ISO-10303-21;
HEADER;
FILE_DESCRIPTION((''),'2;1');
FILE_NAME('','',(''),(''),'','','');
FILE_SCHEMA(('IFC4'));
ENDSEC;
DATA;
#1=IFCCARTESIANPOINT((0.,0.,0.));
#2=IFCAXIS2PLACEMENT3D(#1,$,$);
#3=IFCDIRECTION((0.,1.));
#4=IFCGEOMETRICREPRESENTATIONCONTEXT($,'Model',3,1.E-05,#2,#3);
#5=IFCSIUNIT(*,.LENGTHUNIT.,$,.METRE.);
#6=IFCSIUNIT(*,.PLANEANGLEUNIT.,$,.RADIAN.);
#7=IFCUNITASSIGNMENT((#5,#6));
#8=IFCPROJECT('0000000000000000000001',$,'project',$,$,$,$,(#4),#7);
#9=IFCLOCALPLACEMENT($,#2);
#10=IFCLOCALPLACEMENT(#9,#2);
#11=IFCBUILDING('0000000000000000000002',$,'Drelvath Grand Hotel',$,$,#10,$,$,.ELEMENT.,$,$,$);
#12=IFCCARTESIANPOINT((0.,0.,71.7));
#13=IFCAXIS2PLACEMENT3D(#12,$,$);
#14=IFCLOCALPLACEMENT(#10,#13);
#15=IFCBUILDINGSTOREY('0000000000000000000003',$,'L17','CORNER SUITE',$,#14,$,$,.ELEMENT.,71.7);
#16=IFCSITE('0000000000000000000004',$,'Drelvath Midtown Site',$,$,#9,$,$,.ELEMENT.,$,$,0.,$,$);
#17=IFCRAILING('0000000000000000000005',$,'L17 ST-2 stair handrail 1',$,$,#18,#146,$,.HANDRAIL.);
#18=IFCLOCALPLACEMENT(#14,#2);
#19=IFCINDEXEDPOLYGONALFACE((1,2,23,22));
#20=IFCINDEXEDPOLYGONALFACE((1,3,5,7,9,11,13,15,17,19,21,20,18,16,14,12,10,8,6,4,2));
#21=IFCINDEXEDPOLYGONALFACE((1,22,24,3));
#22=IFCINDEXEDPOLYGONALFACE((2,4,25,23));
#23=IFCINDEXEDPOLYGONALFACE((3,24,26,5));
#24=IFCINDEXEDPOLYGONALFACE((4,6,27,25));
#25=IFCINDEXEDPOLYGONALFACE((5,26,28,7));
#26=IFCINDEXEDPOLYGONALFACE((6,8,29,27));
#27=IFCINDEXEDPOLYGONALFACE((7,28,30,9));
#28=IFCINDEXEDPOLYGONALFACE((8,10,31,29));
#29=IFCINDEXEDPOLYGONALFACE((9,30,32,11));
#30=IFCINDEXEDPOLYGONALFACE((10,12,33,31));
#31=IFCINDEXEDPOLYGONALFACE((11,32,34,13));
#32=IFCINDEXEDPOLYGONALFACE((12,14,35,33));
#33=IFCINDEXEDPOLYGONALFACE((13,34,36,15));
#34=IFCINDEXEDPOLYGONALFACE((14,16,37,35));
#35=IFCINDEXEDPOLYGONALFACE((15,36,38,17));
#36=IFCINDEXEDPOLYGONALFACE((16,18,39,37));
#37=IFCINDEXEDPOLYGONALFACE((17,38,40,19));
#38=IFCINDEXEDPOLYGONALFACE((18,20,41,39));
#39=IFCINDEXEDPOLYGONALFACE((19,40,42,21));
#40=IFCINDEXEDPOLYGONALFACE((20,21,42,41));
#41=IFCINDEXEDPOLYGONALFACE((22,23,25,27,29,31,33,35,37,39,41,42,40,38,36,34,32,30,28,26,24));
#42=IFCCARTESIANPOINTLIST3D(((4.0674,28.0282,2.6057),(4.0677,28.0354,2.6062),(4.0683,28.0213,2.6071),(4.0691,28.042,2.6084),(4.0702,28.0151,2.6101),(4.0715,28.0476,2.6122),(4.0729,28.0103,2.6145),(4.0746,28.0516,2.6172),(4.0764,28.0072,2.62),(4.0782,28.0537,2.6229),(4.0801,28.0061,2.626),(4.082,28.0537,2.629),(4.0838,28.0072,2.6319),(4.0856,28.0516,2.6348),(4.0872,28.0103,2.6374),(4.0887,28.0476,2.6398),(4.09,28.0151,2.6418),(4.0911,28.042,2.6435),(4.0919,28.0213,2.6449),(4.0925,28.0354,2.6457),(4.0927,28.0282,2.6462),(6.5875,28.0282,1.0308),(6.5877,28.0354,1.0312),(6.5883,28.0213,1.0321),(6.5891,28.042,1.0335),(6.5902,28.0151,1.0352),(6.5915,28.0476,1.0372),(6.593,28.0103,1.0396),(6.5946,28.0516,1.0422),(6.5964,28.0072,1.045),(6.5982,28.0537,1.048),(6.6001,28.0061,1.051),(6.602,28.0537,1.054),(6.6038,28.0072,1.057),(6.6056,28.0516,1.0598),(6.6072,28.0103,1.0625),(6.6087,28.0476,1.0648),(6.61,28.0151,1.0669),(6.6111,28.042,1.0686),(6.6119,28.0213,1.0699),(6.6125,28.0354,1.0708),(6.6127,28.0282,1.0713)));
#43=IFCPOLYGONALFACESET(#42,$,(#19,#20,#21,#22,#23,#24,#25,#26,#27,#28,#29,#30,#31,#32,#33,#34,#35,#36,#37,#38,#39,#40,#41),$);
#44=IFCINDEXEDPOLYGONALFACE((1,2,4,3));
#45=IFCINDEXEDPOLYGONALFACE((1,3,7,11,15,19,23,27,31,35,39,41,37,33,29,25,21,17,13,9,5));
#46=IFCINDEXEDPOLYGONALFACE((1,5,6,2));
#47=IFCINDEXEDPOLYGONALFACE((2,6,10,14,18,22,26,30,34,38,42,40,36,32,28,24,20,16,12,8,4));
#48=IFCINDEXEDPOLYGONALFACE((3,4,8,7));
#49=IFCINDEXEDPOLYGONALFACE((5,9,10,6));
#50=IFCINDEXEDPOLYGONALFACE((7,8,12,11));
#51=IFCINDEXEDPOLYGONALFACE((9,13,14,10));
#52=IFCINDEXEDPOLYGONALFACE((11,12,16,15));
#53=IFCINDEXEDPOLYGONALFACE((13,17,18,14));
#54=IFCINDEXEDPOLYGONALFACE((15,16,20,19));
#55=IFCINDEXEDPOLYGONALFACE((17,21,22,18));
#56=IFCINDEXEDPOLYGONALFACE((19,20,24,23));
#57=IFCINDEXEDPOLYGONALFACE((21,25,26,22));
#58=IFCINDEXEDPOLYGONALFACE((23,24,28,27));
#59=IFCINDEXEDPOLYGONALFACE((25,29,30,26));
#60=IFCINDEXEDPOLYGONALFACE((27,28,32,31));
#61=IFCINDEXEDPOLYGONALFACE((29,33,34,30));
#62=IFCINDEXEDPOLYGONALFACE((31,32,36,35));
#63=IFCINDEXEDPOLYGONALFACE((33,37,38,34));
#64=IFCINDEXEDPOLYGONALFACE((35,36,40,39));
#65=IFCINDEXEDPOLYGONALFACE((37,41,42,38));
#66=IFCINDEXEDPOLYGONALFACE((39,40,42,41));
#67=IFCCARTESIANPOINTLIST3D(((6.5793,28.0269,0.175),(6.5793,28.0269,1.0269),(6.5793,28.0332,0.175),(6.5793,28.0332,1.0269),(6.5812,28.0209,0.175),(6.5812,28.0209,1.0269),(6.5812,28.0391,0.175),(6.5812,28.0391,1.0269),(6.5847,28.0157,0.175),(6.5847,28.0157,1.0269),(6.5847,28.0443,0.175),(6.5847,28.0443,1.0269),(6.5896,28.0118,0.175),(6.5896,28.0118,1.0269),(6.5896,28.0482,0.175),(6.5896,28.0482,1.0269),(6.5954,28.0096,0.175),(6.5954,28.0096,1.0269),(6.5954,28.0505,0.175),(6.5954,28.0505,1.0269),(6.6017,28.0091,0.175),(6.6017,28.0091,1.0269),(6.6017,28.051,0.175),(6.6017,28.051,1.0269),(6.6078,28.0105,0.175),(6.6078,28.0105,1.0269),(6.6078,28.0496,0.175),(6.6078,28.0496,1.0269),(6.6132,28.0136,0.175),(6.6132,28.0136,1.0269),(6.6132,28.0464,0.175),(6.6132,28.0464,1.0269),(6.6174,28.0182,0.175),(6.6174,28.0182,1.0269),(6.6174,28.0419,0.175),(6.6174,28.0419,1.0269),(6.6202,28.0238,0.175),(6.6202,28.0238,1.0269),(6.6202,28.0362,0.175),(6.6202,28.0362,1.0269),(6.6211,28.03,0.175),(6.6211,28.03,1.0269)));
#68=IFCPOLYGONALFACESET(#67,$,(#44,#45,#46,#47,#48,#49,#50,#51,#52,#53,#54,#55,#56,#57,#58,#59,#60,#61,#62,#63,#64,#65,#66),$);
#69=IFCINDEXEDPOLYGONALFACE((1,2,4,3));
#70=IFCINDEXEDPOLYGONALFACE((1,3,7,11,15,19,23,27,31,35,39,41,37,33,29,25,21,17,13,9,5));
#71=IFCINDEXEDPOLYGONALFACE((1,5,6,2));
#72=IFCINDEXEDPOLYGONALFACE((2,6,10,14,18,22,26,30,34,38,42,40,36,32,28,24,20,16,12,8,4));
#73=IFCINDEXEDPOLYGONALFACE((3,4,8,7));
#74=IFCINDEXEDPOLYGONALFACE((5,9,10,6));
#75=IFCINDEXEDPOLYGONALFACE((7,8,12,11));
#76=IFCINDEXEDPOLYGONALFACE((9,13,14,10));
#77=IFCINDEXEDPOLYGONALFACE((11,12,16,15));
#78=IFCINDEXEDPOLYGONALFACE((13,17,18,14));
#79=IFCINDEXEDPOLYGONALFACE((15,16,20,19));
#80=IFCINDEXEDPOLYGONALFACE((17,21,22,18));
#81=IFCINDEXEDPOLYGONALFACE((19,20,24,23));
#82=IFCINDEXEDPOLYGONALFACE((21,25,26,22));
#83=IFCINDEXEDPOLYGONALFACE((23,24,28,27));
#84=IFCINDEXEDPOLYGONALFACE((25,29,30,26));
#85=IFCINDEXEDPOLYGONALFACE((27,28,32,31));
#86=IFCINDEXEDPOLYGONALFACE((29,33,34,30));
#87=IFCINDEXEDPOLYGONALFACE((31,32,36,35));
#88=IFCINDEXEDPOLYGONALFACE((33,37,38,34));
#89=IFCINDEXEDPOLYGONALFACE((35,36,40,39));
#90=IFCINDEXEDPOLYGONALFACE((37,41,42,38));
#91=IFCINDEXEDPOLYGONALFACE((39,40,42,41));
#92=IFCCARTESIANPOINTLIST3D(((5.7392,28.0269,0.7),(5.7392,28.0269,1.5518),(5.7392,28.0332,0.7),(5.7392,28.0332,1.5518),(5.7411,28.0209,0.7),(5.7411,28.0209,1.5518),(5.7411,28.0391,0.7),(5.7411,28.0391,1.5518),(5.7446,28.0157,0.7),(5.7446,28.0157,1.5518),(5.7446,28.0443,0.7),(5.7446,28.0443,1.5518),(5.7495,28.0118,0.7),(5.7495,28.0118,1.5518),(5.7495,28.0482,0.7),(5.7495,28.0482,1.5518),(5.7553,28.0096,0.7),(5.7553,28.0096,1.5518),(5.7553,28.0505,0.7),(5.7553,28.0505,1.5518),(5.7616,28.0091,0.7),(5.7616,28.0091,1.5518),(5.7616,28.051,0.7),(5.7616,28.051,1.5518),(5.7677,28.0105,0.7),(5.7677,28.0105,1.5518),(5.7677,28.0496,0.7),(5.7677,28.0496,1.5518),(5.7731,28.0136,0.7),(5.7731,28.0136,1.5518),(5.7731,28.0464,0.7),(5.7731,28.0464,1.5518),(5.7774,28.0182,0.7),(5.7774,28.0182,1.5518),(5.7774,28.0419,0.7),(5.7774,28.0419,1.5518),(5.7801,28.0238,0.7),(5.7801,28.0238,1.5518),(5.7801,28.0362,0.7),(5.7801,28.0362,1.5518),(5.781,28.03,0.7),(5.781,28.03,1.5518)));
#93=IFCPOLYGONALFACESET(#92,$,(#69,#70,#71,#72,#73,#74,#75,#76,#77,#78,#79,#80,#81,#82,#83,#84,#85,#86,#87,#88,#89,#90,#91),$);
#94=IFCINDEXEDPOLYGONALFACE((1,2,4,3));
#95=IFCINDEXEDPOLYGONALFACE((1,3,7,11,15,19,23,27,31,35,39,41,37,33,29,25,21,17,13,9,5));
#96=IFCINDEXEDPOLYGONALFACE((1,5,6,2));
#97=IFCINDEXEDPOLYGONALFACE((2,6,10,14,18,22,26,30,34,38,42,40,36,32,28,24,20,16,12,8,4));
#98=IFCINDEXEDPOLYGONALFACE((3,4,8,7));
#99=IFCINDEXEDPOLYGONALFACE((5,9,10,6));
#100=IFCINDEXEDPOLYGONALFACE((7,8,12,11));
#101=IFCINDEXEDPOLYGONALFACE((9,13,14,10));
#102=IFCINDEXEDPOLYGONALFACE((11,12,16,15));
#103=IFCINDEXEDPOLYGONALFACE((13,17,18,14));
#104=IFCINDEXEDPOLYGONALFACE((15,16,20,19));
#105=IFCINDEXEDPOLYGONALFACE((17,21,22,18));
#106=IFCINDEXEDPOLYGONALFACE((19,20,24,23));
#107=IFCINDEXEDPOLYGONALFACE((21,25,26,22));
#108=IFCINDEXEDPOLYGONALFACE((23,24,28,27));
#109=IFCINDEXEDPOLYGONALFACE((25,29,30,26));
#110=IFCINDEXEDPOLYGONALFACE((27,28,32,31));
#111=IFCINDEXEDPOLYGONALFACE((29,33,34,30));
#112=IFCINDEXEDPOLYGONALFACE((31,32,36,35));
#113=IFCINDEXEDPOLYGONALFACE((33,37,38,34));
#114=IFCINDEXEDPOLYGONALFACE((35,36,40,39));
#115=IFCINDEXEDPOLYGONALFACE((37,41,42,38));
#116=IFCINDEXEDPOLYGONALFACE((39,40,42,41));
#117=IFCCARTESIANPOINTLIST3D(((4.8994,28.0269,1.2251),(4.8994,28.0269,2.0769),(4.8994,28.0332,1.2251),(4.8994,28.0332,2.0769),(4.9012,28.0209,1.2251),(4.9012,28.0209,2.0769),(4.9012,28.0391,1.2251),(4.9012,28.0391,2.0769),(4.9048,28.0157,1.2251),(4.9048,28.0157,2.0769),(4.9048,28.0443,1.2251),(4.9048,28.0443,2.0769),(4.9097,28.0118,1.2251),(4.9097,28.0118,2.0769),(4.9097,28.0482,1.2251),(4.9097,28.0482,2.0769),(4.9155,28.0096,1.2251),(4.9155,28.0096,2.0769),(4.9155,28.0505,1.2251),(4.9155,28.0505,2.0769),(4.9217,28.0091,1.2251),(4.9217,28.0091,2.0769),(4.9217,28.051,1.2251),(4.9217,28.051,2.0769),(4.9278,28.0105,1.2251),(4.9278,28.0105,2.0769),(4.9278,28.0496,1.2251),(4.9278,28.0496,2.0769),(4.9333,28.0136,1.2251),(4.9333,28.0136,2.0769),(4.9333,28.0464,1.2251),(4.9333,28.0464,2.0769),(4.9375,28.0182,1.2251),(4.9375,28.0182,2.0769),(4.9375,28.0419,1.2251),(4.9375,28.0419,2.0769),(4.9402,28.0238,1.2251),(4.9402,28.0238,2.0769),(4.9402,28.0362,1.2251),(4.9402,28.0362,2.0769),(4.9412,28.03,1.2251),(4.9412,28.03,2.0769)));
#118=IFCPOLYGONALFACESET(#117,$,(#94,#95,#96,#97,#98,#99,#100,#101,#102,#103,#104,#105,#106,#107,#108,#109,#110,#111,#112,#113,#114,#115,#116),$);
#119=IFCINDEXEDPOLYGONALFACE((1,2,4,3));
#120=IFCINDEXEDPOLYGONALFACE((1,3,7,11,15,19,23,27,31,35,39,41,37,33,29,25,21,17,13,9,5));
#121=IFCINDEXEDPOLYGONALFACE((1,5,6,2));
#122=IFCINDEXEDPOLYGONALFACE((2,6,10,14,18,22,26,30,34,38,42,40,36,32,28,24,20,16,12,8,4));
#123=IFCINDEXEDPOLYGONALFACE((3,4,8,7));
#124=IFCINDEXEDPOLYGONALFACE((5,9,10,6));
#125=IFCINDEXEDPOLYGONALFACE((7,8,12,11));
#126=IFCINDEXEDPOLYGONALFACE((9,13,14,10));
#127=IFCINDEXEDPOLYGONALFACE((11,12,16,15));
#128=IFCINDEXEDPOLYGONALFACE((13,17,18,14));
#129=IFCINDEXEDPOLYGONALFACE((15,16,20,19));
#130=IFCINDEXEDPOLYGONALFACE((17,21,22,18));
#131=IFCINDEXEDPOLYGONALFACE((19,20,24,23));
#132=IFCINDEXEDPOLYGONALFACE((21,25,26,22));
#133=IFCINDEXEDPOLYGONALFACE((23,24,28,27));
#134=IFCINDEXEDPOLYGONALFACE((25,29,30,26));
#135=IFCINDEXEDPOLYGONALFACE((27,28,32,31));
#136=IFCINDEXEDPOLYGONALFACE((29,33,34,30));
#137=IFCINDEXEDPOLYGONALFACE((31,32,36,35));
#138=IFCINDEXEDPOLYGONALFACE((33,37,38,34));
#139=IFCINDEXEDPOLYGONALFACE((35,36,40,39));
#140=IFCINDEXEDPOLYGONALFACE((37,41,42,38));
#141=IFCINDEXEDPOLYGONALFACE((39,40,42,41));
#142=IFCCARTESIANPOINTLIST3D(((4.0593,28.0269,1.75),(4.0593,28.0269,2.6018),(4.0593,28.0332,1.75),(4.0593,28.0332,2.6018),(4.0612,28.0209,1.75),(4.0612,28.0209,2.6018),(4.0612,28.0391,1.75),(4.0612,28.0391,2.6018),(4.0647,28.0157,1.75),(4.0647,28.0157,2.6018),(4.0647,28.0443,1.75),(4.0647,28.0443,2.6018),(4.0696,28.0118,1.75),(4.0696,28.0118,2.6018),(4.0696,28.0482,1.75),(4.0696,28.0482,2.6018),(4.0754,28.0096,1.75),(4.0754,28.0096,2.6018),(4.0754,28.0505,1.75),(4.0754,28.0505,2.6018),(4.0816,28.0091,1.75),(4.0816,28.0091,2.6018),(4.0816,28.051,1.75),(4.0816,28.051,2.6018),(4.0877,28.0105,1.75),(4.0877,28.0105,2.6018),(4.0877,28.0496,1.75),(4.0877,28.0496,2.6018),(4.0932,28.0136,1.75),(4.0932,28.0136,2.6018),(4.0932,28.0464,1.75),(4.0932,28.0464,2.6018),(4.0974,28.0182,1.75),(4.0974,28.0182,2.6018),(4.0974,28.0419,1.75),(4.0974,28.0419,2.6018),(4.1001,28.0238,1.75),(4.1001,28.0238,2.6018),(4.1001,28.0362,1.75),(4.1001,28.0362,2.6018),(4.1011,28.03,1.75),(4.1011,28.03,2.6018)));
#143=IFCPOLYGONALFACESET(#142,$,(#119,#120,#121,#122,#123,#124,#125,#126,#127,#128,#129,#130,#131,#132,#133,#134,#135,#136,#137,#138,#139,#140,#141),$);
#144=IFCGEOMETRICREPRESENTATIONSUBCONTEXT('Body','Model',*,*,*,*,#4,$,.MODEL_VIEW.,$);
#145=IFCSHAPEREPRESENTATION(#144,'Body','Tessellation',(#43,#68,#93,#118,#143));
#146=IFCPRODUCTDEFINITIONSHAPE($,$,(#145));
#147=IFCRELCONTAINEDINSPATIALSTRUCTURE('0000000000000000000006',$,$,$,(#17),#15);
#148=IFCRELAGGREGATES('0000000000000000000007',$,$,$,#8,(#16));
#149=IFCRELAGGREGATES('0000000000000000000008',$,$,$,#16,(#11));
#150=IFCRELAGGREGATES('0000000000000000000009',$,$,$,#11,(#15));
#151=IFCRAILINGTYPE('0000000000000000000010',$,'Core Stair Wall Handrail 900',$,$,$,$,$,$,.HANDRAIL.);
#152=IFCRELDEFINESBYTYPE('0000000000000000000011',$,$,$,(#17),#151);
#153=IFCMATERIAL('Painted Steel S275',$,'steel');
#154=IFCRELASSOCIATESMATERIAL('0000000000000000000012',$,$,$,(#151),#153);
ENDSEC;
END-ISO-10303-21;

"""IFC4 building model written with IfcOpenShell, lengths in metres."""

from ifc_helpers import new_model, si_unit, direction, frame, origin, origin_2d, place, context, subcontext, project, spatial, circle, extrude, material, type_object, element, save


model = new_model("IFC4")

# Units and contexts
model_context = context("Model", 3, precision=1e-05, world=origin(), true_north=direction((0.0, 1.0)))
body_context = subcontext(model_context, "Body", "Model", "MODEL_VIEW")
ifc_project = project(units=[si_unit("LENGTHUNIT", "METRE"), si_unit("PLANEANGLEUNIT", "RADIAN")], contexts=[model_context])

# Site, building, storey
site_placement = place(None, origin())
site = spatial("IfcSite", under=ifc_project, at=site_placement, Name="Drelvath Midtown Site", CompositionType="ELEMENT", RefElevation=0.0)
building_placement = place(site_placement, origin())
building = spatial("IfcBuilding", under=site, at=building_placement, Name="Drelvath Grand Hotel", CompositionType="ELEMENT")
storey_placement = place(building_placement, frame((0.0, 0.0, 71.7)))
storey = spatial("IfcBuildingStorey", under=building, at=storey_placement, Name="L17", Description="CORNER SUITE", CompositionType="ELEMENT", Elevation=71.7)

# Shared definitions
ifc_material_1 = material(Name="Painted Steel S275", Category="steel")

# Railing
railing_type_1 = type_object("IfcRailingType", Name="Core Stair Wall Handrail 900", PredefinedType="HANDRAIL", material=ifc_material_1)
railing_1_placement = place(storey_placement, frame((6.6001, 28.03, 0.175)))
element("IfcRailing", 1, at=railing_1_placement, inside=storey, type_object=railing_type_1, Name="L17 ST-2 stair handrail 1", PredefinedType="HANDRAIL", context=body_context, shape_type="SweptSolid", body=[
    extrude(circle(Radius=0.0239, at=origin_2d()), frame((0.0, 0.0, 0.876), z_axis=(-0.848008, 0.0, 0.529984), x_axis=(0.0, -1.0, 0.0)), (0.0, 0.0, 1.0), 2.9717),
    extrude(circle(Radius=0.021, at=origin_2d()), origin(), (0.0, 0.0, 1.0), 0.8518),
    extrude(circle(Radius=0.021, at=origin_2d()), frame((-0.8401, 0.0, 0.5249)), (0.0, 0.0, 1.0), 0.8518),
    extrude(circle(Radius=0.021, at=origin_2d()), frame((-1.6799, 0.0, 1.05)), (0.0, 0.0, 1.0), 0.8518),
    extrude(circle(Radius=0.021, at=origin_2d()), frame((-2.52, 0.0, 1.575)), (0.0, 0.0, 1.0), 0.8518),
])

save(model, "model.ifc")
